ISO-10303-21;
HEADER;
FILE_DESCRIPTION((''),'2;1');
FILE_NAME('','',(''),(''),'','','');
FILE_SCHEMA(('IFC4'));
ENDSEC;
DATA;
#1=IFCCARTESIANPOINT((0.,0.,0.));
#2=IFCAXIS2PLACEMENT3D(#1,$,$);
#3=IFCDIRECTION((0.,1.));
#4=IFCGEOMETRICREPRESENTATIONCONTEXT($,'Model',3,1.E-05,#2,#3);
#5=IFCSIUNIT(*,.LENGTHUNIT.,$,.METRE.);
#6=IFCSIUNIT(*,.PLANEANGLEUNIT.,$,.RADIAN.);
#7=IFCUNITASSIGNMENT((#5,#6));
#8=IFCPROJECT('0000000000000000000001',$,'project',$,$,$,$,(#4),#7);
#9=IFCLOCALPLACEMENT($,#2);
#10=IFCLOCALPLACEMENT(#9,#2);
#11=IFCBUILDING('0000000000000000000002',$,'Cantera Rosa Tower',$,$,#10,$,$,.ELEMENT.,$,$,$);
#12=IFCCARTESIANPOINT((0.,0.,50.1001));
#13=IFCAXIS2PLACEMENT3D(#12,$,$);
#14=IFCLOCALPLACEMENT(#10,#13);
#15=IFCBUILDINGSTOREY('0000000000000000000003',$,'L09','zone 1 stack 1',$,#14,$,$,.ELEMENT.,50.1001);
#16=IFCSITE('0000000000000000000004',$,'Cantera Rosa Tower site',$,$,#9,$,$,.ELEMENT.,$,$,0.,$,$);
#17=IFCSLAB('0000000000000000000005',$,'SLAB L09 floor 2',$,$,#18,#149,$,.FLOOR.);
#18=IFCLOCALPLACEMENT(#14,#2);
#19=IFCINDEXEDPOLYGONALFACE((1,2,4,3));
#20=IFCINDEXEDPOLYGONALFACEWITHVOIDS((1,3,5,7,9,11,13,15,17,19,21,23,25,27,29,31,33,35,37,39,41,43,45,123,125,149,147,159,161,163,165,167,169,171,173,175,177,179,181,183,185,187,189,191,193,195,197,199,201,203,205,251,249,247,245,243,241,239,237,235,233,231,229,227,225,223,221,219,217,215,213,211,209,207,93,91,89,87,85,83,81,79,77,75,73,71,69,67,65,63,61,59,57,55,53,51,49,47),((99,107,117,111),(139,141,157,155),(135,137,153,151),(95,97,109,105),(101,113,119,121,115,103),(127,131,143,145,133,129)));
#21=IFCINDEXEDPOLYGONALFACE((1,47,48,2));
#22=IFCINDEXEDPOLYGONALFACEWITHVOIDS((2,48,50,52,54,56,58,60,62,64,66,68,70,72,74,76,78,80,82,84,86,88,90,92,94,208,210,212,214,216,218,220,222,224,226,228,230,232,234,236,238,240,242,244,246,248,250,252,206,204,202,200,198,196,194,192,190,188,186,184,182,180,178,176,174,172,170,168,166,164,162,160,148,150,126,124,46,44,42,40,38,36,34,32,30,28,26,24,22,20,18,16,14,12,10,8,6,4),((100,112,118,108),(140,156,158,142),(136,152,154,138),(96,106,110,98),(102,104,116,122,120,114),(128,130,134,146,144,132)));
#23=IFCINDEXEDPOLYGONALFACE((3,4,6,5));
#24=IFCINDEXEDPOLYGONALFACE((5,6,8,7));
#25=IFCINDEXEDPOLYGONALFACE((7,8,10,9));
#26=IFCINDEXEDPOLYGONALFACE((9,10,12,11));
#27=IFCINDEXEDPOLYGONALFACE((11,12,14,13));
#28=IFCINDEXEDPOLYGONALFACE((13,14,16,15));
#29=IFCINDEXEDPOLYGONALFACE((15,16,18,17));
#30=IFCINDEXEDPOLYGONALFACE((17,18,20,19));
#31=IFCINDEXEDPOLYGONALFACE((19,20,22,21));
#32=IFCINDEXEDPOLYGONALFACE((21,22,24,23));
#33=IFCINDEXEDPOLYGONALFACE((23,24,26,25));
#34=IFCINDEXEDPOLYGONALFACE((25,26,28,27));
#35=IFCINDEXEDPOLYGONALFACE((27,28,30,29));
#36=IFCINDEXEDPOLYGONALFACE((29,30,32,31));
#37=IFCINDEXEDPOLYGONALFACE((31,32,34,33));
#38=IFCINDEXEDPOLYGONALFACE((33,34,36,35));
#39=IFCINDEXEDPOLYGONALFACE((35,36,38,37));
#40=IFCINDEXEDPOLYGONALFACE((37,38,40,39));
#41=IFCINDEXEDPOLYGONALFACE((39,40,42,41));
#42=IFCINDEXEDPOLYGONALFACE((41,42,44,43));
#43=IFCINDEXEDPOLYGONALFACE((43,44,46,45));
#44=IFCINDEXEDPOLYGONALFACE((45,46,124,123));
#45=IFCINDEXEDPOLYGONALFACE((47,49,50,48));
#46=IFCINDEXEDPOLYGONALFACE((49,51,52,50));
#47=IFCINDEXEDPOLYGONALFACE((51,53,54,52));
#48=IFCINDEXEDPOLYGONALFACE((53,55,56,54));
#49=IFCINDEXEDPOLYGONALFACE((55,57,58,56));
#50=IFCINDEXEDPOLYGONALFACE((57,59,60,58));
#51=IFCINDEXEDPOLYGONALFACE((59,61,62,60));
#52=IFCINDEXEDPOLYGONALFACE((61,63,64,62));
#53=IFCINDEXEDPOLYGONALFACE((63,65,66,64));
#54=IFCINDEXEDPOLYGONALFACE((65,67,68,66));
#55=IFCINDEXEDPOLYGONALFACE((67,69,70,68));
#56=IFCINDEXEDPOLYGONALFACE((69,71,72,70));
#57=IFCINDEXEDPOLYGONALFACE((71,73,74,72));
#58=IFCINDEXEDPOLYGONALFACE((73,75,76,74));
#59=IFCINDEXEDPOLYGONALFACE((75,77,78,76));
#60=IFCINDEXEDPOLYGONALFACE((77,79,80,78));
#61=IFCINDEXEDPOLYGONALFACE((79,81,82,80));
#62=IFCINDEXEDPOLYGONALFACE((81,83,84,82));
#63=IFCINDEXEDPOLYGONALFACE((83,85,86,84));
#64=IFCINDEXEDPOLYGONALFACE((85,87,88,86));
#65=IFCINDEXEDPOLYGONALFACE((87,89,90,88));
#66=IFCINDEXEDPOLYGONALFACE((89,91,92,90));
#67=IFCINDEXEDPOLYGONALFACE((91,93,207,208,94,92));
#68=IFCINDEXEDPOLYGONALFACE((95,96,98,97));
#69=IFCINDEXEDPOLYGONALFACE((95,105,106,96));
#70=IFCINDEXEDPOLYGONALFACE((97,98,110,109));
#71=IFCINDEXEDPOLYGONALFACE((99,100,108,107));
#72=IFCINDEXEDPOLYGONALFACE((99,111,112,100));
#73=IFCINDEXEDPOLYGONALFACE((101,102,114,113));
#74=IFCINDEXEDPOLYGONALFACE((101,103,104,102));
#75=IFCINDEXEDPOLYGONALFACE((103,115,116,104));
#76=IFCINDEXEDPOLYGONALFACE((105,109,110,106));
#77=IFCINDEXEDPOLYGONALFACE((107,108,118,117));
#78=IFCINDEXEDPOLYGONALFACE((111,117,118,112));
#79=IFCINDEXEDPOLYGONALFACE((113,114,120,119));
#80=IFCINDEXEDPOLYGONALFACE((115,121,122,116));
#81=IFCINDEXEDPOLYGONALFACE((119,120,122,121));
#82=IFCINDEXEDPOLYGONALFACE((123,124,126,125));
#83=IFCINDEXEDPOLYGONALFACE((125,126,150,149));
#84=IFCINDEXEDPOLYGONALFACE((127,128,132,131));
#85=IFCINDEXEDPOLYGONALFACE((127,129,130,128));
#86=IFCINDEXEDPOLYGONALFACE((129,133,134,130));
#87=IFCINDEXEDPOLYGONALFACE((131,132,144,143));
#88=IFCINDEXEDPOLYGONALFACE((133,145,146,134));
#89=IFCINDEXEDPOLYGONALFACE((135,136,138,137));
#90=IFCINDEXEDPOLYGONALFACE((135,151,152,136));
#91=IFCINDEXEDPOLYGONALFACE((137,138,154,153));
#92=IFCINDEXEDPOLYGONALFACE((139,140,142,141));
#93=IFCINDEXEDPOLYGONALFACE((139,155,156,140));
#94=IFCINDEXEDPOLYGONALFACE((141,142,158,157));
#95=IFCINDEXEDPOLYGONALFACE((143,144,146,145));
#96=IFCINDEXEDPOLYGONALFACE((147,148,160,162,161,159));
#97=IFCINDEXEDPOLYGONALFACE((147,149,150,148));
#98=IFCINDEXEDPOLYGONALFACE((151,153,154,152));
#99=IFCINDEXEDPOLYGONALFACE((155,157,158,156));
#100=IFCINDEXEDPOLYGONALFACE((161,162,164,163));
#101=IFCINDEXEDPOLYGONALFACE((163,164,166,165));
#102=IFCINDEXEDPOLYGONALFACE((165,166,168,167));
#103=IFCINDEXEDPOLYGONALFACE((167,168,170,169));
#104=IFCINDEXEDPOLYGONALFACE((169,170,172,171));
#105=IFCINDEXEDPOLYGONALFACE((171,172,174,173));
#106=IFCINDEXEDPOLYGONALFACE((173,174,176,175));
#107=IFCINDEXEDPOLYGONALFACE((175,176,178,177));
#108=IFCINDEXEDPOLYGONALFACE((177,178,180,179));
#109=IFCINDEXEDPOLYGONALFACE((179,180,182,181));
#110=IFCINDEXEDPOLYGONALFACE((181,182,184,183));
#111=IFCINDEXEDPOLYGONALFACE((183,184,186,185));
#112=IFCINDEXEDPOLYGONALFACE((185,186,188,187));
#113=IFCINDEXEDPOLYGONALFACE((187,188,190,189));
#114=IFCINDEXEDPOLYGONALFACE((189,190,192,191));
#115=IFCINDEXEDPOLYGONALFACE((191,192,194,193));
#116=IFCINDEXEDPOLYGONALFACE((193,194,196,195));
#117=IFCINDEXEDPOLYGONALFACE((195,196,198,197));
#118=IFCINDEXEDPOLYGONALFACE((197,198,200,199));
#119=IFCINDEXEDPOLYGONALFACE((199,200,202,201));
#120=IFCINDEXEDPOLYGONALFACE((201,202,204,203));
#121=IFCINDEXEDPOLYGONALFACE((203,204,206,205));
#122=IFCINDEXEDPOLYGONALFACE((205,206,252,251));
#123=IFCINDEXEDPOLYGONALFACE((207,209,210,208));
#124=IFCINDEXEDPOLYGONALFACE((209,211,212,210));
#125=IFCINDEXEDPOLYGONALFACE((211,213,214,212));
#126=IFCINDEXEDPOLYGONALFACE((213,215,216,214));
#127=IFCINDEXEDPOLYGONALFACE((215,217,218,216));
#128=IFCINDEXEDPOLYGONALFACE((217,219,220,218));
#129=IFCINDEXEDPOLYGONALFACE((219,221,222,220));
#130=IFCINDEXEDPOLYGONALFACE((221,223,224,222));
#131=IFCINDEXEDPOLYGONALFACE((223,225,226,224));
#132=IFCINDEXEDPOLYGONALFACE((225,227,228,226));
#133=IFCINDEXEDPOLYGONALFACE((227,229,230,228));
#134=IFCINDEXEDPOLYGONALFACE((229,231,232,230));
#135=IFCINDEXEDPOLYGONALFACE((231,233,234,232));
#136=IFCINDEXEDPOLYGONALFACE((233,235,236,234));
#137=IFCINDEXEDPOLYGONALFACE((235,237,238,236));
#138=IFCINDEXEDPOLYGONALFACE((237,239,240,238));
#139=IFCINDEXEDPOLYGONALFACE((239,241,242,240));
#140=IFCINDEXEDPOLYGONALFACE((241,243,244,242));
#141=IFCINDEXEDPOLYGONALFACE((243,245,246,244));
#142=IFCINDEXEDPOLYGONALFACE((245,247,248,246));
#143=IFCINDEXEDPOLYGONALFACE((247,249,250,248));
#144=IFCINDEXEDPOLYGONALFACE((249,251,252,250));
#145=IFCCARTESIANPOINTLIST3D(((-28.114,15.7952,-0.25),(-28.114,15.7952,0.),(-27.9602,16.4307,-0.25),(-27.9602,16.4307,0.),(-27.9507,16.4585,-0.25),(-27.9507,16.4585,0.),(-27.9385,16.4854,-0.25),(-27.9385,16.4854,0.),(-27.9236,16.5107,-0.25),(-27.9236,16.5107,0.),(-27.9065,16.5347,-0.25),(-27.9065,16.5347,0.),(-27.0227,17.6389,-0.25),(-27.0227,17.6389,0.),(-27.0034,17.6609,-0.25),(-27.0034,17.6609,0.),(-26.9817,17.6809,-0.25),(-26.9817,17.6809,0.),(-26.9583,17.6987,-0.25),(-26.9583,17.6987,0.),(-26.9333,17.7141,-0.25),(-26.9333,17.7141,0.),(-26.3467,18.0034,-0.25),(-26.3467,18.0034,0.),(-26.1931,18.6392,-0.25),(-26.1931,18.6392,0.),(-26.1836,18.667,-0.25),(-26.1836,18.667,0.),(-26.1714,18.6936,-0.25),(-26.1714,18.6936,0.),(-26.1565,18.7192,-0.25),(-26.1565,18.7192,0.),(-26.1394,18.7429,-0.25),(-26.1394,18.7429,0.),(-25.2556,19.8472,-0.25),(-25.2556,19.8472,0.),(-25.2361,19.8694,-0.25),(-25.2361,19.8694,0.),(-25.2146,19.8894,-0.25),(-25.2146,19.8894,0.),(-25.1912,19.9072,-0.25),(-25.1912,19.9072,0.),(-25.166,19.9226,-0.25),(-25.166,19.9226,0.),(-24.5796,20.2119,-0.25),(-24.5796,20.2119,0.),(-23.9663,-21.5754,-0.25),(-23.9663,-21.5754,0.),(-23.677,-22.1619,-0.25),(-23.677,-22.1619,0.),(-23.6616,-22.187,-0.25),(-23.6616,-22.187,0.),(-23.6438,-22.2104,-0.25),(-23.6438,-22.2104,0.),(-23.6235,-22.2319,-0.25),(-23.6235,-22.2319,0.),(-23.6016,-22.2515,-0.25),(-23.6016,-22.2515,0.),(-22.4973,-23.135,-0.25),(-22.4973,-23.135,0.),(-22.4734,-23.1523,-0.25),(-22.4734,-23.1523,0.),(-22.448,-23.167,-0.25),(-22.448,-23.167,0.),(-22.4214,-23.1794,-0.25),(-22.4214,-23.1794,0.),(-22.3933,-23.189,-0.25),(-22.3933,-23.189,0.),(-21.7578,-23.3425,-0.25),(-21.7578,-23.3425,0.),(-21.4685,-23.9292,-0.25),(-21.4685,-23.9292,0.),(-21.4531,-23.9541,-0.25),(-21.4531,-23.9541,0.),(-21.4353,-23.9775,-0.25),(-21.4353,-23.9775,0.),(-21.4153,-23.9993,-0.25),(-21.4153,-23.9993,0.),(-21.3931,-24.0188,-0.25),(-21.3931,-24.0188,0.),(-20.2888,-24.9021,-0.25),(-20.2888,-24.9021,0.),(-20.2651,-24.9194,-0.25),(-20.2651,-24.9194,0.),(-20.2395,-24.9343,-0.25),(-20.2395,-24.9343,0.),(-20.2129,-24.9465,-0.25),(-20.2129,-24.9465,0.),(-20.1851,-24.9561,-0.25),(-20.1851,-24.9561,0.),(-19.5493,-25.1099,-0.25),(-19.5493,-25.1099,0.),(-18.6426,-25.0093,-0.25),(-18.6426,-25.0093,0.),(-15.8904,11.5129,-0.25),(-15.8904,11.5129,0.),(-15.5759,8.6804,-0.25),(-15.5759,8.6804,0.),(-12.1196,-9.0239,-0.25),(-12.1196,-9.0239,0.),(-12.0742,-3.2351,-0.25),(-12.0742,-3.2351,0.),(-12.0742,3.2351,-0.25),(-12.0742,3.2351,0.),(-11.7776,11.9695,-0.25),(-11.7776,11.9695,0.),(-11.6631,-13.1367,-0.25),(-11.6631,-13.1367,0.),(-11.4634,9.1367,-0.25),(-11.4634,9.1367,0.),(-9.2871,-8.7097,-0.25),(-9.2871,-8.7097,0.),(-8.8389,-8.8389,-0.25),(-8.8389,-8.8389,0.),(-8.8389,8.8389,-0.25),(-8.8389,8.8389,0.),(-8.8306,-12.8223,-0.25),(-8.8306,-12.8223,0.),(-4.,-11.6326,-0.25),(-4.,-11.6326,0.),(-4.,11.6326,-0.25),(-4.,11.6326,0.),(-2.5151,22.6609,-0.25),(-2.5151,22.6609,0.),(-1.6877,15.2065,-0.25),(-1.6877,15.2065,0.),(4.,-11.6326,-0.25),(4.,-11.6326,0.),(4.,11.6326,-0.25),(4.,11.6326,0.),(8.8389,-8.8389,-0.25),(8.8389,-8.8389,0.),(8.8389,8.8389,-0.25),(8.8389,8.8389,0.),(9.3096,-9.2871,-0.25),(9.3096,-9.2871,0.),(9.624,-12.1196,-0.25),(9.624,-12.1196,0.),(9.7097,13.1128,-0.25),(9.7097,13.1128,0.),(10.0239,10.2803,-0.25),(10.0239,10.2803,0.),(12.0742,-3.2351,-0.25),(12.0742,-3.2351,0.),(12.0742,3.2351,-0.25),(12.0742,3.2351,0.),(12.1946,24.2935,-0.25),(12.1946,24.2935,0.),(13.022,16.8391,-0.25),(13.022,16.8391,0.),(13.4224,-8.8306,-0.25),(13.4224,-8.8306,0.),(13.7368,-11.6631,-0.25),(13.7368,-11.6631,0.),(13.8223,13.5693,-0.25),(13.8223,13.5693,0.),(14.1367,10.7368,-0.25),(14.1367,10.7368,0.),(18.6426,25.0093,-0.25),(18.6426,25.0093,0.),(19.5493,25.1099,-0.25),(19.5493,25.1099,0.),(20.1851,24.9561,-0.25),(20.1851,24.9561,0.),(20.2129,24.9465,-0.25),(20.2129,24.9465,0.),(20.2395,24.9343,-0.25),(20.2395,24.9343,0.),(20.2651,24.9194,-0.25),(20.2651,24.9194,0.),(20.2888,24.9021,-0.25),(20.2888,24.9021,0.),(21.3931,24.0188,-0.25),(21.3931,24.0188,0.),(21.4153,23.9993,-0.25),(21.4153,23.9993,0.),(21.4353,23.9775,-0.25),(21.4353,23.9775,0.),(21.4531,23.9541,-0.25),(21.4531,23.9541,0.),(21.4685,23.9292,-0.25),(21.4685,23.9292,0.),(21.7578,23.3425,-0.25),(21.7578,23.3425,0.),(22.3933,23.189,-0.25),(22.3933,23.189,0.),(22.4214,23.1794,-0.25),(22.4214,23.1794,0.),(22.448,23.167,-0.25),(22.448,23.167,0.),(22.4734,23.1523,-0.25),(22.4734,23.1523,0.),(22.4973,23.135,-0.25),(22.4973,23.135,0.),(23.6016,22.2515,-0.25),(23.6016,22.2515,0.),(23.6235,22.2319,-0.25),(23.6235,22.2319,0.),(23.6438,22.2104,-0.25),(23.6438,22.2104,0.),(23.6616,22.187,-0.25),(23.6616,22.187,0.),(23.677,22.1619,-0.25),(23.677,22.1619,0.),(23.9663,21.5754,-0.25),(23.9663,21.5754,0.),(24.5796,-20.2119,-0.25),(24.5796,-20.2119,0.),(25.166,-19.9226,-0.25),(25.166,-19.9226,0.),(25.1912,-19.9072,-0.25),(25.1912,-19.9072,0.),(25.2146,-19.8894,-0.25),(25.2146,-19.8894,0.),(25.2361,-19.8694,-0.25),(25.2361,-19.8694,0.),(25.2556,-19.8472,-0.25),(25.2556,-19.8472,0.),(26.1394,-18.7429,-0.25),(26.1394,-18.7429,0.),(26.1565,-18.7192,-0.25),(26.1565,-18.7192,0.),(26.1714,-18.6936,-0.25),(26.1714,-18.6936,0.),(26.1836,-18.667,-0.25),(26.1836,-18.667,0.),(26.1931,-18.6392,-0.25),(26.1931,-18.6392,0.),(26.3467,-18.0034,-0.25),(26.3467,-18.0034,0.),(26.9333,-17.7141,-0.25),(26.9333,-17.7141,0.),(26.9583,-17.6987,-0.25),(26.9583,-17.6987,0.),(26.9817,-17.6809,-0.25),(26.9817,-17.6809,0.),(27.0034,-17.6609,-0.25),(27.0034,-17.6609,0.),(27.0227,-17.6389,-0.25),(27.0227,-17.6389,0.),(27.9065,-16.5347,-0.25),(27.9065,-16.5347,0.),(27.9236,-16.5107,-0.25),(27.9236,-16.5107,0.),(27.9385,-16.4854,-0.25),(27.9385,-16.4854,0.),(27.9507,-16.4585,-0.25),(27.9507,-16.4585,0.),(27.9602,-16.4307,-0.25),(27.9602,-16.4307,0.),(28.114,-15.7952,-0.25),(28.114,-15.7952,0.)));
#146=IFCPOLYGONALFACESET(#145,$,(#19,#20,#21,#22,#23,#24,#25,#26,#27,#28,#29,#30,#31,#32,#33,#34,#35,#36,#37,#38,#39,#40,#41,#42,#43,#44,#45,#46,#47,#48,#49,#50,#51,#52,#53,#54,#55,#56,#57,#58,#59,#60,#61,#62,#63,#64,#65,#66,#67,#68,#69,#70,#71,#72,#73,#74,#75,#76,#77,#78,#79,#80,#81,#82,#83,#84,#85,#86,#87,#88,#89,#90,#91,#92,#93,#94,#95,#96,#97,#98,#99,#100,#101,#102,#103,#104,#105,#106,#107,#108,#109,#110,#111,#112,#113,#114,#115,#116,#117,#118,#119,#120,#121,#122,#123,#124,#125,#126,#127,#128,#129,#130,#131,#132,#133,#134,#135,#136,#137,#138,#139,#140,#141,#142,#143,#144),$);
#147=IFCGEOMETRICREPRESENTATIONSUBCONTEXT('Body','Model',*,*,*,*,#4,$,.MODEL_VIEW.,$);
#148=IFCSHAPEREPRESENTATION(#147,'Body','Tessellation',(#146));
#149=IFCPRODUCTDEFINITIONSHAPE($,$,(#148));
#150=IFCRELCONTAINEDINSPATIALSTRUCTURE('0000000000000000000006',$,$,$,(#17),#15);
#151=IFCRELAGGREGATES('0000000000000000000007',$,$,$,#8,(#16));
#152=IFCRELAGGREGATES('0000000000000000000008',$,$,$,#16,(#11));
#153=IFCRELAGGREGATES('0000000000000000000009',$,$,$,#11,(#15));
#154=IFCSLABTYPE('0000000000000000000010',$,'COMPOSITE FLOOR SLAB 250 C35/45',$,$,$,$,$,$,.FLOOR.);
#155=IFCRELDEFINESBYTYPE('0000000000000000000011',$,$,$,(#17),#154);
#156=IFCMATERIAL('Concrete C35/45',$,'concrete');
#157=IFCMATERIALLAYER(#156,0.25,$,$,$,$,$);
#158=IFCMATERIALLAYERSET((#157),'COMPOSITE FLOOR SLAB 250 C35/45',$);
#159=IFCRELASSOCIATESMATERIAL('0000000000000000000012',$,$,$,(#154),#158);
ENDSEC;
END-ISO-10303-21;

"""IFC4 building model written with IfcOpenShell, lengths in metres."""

from ifc_helpers import new_model, si_unit, direction, frame, origin, place, context, subcontext, project, spatial, polyline, outline, extrude, material, layer, layer_set, type_object, element, save


model = new_model("IFC4")

# Units and contexts
model_context = context("Model", 3, precision=1e-05, world=origin(), true_north=direction((0.0, 1.0)))
body_context = subcontext(model_context, "Body", "Model", "MODEL_VIEW")
ifc_project = project(units=[si_unit("LENGTHUNIT", "METRE"), si_unit("PLANEANGLEUNIT", "RADIAN")], contexts=[model_context])

# Site, building, storey
site_placement = place(None, origin())
site = spatial("IfcSite", under=ifc_project, at=site_placement, Name="Cantera Rosa Tower site", CompositionType="ELEMENT", RefElevation=0.0)
building_placement = place(site_placement, origin())
building = spatial("IfcBuilding", under=site, at=building_placement, Name="Cantera Rosa Tower", CompositionType="ELEMENT")
storey_placement = place(building_placement, frame((0.0, 0.0, 50.1001)))
storey = spatial("IfcBuildingStorey", under=building, at=storey_placement, Name="L09", Description="zone 1 stack 1", CompositionType="ELEMENT", Elevation=50.1001)

# Slab
ifc_material_1 = material(Name="Concrete C35/45", Category="concrete")
ifc_layer_1 = layer(ifc_material_1, 0.25)
ifc_layer_set_1 = layer_set([ifc_layer_1], Name="COMPOSITE FLOOR SLAB 250 C35/45")
slab_type_1 = type_object("IfcSlabType", Name="COMPOSITE FLOOR SLAB 250 C35/45", PredefinedType="FLOOR", material=ifc_layer_set_1)
slab_1_placement = place(storey_placement, frame((0.0, 0.0, -0.25)))
element("IfcSlab", 1, at=slab_1_placement, inside=storey, type_object=slab_type_1, Name="SLAB L09 floor 2", PredefinedType="FLOOR", context=body_context, shape_type="SweptSolid", body=[
    extrude(outline(polyline([(-20.2888, -24.9021), (-21.3931, -24.0188), (-21.4153, -23.9993), (-21.4353, -23.9775), (-21.4531, -23.9541), (-21.4685, -23.9292), (-21.7578, -23.3425), (-22.3933, -23.189), (-22.4214, -23.1794), (-22.448, -23.167), (-22.4734, -23.1523), (-22.4973, -23.135), (-23.6016, -22.2515), (-23.6235, -22.2319), (-23.6438, -22.2104), (-23.6616, -22.187), (-23.677, -22.1619), (-23.9663, -21.5754), (-28.114, 15.7952), (-27.9602, 16.4307), (-27.9507, 16.4585), (-27.9385, 16.4854), (-27.9236, 16.5107), (-27.9065, 16.5347), (-27.0227, 17.6389), (-27.0034, 17.6609), (-26.9817, 17.6809), (-26.9583, 17.6987), (-26.9333, 17.7141), (-26.3467, 18.0034), (-26.1931, 18.6392), (-26.1836, 18.667), (-26.1714, 18.6936), (-26.1565, 18.7192), (-26.1394, 18.7429), (-25.2556, 19.8472), (-25.2361, 19.8694), (-25.2146, 19.8894), (-25.1912, 19.9072), (-25.166, 19.9226), (-24.5796, 20.2119), (-2.5151, 22.6609), (-1.6877, 15.2065), (13.022, 16.8391), (12.1946, 24.2935), (18.6426, 25.0093), (19.5493, 25.1099), (20.1851, 24.9561), (20.2129, 24.9465), (20.2395, 24.9343), (20.2651, 24.9194), (20.2888, 24.9021), (21.3931, 24.0188), (21.4153, 23.9993), (21.4353, 23.9775), (21.4531, 23.9541), (21.4685, 23.9292), (21.7578, 23.3425), (22.3933, 23.189), (22.4214, 23.1794), (22.448, 23.167), (22.4734, 23.1523), (22.4973, 23.135), (23.6016, 22.2515), (23.6235, 22.2319), (23.6438, 22.2104), (23.6616, 22.187), (23.677, 22.1619), (23.9663, 21.5754), (28.114, -15.7952), (27.9602, -16.4307), (27.9507, -16.4585), (27.9385, -16.4854), (27.9236, -16.5107), (27.9065, -16.5347), (27.0227, -17.6389), (27.0034, -17.6609), (26.9817, -17.6809), (26.9583, -17.6987), (26.9333, -17.7141), (26.3467, -18.0034), (26.1931, -18.6392), (26.1836, -18.667), (26.1714, -18.6936), (26.1565, -18.7192), (26.1394, -18.7429), (25.2556, -19.8472), (25.2361, -19.8694), (25.2146, -19.8894), (25.1912, -19.9072), (25.166, -19.9226), (24.5796, -20.2119), (-18.6426, -25.0093), (-19.5493, -25.1099), (-20.1851, -24.9561), (-20.2129, -24.9465), (-20.2395, -24.9343), (-20.2651, -24.9194), (-20.2888, -24.9021)]), holes=[polyline([(-8.8306, -12.8223), (-9.2871, -8.7097), (-12.1196, -9.0239), (-11.6631, -13.1367), (-8.8306, -12.8223)]), polyline([(-8.8389, 8.8389), (-12.0742, 3.2351), (-12.0742, -3.2351), (-8.8389, -8.8389), (-4.0, -11.6326), (-4.0, 11.6326), (-8.8389, 8.8389)]), polyline([(-11.4634, 9.1367), (-11.7776, 11.9695), (-15.8904, 11.5129), (-15.5759, 8.6804), (-11.4634, 9.1367)]), polyline([(13.4224, -8.8306), (9.3096, -9.2871), (9.624, -12.1196), (13.7368, -11.6631), (13.4224, -8.8306)]), polyline([(4.0, -11.6326), (8.8389, -8.8389), (12.0742, -3.2351), (12.0742, 3.2351), (8.8389, 8.8389), (4.0, 11.6326), (4.0, -11.6326)]), polyline([(14.1367, 10.7368), (13.8223, 13.5693), (9.7097, 13.1128), (10.0239, 10.2803), (14.1367, 10.7368)])]), origin(), (0.0, 0.0, 1.0), 0.25),
])

save(model, "model.ifc")
